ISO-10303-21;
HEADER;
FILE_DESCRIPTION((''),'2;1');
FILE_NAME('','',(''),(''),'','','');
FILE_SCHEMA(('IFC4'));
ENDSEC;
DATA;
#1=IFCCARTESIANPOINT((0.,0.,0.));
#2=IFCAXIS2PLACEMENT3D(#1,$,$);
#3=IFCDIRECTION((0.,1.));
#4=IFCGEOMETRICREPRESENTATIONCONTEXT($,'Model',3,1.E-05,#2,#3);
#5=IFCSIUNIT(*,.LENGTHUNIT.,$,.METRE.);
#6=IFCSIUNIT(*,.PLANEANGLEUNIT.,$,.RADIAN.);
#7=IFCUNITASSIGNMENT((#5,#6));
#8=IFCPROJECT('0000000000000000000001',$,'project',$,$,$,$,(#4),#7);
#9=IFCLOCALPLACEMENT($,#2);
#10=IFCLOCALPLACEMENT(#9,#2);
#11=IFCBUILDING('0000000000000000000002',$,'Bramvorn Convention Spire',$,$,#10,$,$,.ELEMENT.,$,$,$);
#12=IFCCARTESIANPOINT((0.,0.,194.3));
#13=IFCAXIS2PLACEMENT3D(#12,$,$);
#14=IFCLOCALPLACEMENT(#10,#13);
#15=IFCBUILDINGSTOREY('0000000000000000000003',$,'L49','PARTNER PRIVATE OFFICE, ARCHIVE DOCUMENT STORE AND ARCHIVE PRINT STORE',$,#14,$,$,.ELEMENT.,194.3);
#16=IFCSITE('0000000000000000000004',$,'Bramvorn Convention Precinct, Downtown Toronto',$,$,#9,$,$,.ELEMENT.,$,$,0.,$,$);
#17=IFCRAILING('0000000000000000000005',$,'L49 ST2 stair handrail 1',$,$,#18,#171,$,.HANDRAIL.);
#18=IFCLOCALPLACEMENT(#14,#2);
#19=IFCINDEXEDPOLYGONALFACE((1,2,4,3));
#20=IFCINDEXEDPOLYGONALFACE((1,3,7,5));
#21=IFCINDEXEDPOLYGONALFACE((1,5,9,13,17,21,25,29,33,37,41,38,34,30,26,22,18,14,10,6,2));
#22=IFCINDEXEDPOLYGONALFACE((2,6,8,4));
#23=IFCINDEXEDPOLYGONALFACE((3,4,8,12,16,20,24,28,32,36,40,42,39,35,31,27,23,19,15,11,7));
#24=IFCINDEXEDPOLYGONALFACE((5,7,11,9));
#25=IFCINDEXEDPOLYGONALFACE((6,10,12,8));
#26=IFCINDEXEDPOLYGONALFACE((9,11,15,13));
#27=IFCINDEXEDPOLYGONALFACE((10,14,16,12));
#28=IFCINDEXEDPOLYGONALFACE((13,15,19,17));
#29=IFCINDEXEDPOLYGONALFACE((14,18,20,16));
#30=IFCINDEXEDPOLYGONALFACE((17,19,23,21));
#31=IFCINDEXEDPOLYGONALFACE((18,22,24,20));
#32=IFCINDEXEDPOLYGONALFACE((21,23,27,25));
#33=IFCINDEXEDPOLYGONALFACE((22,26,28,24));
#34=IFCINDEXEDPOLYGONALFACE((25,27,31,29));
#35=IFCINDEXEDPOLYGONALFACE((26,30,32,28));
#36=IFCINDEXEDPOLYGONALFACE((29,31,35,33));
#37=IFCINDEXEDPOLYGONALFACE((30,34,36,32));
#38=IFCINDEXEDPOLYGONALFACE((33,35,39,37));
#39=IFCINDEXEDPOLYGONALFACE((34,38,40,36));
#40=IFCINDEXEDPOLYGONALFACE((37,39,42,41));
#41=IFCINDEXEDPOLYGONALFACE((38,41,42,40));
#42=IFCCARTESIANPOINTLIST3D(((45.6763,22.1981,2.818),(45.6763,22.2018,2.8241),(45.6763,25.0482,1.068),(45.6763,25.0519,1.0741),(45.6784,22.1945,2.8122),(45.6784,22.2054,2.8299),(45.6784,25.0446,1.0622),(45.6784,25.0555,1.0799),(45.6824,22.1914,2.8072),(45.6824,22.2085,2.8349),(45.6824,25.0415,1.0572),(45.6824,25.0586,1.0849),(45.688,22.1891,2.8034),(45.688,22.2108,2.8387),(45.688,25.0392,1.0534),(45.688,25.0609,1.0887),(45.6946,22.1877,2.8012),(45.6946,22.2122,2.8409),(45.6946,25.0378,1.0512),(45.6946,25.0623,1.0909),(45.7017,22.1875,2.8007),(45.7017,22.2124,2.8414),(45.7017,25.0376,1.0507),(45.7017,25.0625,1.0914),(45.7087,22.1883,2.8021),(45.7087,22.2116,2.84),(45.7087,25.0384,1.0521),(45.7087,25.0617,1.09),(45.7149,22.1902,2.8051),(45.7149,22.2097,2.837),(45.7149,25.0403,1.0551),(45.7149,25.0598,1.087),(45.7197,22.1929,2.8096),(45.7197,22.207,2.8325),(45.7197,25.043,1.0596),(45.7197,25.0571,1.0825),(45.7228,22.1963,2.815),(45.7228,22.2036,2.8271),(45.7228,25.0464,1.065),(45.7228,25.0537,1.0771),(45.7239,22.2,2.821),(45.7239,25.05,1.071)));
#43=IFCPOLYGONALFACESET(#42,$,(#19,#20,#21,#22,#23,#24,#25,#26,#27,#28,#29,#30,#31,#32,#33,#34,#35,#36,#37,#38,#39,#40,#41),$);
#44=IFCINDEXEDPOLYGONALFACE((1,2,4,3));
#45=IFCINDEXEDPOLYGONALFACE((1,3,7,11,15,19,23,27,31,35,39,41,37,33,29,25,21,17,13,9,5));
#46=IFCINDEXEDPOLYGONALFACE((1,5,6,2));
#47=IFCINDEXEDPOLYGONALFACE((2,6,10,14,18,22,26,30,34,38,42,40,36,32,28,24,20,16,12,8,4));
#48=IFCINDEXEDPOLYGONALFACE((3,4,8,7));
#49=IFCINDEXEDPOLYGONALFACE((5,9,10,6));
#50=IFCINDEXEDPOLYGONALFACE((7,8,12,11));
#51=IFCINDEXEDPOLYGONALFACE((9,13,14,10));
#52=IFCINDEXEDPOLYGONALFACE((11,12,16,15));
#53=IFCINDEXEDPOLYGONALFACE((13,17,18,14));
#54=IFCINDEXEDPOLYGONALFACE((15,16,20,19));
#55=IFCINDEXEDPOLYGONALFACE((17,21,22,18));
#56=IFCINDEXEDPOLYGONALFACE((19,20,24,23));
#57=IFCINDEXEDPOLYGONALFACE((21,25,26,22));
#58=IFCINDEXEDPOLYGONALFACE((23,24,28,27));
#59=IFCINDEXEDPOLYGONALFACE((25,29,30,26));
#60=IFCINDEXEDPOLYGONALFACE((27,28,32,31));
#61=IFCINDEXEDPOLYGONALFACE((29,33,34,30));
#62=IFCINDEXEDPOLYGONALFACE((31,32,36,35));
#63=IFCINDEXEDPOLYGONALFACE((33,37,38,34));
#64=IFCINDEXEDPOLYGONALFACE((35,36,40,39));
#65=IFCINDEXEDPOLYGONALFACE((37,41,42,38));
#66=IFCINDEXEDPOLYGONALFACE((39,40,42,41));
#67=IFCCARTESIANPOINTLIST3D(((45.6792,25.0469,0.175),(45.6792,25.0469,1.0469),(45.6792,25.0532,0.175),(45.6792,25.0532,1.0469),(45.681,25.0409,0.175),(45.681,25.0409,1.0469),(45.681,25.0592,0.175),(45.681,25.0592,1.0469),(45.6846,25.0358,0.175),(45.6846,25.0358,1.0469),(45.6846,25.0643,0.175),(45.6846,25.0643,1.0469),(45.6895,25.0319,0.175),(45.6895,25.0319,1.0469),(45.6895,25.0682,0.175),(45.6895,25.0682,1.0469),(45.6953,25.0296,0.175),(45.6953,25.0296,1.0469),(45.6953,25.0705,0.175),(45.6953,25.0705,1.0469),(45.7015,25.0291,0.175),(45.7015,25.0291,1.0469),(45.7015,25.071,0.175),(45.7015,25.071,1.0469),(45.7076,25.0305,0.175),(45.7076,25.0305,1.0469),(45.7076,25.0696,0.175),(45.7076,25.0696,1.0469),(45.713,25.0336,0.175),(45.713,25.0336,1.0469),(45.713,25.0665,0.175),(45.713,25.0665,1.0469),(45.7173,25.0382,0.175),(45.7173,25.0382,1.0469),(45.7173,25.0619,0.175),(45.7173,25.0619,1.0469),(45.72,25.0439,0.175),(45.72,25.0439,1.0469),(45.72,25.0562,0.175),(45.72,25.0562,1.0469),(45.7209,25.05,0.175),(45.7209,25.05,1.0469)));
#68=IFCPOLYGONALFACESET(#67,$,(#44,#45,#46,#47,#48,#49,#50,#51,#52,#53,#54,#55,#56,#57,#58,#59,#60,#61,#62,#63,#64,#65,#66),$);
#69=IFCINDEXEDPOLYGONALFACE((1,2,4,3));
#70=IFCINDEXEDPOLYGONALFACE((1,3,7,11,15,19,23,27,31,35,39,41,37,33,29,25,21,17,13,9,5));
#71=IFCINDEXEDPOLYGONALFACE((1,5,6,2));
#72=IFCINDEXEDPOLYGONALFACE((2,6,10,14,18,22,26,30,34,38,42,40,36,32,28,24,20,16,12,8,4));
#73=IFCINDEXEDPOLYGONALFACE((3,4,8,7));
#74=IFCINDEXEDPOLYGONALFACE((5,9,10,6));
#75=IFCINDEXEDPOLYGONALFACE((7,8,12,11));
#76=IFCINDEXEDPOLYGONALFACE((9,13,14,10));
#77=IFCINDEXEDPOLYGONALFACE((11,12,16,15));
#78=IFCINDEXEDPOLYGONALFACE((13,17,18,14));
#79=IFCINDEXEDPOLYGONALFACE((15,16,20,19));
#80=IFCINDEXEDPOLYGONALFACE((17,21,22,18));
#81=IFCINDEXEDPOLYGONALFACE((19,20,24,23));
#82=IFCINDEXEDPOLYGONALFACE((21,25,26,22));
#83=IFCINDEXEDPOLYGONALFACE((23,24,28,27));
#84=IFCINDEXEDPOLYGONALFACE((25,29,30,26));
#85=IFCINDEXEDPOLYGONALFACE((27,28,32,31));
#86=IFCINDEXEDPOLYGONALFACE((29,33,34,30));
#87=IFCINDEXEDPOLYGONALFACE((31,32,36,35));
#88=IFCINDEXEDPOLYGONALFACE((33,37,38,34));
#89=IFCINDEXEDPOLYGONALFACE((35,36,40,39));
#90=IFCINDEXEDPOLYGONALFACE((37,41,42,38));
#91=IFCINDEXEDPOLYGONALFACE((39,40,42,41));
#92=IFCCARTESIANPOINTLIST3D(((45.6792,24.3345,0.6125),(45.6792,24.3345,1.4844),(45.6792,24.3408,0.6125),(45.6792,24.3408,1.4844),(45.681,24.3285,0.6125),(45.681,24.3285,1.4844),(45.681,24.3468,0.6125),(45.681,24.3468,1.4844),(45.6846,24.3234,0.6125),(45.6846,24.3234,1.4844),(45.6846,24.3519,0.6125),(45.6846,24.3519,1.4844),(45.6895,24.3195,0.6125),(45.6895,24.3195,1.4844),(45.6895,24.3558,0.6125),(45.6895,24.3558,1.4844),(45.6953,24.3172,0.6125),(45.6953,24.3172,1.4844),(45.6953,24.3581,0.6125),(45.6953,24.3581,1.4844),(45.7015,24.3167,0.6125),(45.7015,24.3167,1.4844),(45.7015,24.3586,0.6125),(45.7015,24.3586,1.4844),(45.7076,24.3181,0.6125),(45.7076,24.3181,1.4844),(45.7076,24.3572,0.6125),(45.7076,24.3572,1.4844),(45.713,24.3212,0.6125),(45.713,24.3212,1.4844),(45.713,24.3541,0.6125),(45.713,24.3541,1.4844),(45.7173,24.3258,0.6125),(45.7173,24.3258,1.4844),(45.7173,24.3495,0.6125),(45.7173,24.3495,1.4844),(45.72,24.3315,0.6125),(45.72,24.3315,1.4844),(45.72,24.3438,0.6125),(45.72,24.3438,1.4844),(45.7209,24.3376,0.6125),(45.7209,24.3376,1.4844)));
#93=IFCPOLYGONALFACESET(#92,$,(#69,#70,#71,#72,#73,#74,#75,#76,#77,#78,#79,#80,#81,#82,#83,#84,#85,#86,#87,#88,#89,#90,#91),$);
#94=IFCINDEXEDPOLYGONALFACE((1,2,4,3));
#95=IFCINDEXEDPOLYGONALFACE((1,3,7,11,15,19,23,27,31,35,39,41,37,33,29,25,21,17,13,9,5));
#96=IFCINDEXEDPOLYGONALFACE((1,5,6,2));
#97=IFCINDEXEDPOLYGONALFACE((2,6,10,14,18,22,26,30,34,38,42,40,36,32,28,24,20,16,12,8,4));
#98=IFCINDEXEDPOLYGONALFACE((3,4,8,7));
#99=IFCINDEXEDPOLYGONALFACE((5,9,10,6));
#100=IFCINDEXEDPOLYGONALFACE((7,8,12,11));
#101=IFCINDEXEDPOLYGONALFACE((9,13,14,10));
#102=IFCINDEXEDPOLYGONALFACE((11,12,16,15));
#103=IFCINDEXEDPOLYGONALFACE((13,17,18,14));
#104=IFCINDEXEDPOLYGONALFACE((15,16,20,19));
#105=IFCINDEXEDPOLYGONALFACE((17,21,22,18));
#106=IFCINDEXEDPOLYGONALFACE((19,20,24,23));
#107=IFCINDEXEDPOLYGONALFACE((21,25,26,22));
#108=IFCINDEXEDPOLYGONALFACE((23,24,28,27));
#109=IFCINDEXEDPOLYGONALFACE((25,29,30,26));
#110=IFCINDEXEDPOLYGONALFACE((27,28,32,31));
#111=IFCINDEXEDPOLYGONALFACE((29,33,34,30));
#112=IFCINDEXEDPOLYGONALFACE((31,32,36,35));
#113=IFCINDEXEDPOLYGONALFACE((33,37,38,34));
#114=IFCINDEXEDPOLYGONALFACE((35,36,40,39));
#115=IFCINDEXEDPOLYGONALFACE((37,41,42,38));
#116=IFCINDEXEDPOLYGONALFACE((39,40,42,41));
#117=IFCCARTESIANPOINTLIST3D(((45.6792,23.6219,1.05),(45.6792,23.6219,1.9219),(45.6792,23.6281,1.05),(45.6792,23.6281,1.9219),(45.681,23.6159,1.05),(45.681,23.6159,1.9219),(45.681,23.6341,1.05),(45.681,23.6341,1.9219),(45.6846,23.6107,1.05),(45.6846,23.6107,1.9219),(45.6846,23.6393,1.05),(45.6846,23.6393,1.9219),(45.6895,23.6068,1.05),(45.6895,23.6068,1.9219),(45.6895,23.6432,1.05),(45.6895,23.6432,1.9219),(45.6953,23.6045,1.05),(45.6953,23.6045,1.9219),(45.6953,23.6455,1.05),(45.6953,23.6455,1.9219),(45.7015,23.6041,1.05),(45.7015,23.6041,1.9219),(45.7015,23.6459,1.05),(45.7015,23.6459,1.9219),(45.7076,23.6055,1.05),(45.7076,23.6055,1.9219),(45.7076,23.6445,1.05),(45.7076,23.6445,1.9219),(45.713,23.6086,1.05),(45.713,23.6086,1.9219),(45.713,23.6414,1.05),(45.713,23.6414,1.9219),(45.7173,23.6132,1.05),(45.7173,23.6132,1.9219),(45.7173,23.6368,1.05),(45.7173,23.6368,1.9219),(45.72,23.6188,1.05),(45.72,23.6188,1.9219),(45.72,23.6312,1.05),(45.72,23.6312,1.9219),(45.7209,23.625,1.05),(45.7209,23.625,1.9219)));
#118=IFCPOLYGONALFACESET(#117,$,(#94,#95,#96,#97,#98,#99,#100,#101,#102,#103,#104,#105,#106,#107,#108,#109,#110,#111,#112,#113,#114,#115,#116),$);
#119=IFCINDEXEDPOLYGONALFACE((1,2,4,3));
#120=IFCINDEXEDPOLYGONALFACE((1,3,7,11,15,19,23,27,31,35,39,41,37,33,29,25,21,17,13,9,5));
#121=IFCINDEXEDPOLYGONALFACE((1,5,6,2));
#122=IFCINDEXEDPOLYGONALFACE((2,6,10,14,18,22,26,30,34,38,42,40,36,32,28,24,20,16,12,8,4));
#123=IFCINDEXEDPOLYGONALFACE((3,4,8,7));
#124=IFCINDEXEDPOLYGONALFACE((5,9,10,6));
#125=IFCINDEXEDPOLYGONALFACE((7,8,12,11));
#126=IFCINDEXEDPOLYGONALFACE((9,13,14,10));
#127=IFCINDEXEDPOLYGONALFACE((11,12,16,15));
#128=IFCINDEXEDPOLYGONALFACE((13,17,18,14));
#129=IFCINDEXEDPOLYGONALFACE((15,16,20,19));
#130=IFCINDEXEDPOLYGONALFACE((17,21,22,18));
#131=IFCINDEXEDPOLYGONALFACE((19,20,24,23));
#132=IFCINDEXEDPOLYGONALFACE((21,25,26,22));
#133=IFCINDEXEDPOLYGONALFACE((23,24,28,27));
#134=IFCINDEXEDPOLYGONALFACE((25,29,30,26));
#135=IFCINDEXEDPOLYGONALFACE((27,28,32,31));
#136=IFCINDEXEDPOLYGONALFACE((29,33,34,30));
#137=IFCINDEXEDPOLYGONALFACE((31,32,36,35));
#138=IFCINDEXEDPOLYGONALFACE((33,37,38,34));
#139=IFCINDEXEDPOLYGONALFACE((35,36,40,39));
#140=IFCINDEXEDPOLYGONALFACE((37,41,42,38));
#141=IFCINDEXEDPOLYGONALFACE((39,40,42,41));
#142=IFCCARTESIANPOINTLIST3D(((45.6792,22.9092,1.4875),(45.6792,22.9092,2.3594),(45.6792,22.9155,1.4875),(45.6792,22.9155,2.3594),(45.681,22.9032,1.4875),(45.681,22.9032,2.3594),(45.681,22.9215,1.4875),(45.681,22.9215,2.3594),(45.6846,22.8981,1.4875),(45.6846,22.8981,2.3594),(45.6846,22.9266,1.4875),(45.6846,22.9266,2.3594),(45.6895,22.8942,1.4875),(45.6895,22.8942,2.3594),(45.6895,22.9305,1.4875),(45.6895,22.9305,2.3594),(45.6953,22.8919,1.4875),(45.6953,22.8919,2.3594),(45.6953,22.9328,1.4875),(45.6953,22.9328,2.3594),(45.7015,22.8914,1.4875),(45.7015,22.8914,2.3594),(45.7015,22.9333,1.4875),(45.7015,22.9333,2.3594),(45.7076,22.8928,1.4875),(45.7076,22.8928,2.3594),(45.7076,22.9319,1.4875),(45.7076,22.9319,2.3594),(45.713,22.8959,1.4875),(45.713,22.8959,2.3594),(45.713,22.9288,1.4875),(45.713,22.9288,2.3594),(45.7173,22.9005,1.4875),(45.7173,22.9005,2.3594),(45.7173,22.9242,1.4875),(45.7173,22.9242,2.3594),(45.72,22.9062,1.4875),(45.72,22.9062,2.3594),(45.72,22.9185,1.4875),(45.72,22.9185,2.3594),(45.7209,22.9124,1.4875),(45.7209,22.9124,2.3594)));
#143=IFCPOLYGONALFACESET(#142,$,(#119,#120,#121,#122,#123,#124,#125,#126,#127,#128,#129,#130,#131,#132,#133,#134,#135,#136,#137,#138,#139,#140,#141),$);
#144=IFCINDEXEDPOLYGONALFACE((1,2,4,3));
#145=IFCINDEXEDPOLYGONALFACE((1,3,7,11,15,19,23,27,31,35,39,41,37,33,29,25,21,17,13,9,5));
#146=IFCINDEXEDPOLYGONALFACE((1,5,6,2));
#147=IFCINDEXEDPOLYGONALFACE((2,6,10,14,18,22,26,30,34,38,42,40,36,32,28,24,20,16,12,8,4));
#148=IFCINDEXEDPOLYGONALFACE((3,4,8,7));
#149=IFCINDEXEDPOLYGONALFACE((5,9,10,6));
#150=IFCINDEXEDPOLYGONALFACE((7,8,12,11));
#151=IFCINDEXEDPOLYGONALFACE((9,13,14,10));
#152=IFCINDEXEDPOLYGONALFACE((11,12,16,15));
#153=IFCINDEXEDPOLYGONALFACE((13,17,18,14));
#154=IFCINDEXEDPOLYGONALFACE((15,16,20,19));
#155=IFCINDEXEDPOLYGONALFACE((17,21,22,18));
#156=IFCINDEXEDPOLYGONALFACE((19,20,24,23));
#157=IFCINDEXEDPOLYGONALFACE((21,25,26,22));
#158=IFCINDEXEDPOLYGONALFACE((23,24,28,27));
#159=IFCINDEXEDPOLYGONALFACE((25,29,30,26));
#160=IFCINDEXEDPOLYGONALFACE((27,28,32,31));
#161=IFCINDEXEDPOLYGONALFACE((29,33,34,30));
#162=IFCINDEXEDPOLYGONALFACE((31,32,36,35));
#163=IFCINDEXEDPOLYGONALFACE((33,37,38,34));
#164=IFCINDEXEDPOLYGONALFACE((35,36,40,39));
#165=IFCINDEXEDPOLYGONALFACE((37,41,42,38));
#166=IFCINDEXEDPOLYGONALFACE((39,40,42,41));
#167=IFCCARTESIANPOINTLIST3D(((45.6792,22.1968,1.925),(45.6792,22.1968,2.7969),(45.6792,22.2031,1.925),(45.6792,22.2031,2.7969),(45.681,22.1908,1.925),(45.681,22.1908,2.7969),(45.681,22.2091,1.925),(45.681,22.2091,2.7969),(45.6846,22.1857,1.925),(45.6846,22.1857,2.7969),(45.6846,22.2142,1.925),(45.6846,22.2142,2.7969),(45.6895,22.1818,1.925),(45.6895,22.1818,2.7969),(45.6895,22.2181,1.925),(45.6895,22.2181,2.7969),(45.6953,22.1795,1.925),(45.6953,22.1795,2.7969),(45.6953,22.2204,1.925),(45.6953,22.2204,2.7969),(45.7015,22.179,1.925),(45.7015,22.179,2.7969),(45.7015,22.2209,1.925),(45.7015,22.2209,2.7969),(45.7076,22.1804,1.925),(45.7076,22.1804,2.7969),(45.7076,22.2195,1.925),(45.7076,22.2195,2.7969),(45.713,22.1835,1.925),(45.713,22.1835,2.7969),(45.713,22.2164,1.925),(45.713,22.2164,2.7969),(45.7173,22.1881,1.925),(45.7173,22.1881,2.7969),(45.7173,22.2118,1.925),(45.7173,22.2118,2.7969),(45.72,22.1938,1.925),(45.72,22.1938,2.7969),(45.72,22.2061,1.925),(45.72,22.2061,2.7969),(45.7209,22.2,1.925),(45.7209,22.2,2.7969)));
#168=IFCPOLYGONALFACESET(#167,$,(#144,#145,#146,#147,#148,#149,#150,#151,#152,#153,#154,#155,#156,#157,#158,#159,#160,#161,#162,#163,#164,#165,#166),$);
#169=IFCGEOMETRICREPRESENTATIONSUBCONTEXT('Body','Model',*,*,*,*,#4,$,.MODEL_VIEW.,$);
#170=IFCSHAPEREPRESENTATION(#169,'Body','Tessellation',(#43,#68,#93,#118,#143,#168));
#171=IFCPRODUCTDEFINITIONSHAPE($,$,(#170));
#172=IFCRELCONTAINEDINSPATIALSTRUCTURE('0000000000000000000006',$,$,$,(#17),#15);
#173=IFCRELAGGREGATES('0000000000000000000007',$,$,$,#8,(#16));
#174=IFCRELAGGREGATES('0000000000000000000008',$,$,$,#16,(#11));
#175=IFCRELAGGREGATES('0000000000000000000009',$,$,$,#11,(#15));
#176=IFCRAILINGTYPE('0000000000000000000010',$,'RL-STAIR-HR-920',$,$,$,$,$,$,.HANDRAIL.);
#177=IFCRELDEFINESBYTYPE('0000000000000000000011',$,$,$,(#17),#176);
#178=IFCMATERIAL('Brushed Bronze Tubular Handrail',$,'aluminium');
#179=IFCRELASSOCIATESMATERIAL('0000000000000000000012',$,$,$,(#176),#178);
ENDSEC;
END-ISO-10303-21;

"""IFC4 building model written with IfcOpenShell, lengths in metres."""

from ifc_helpers import new_model, si_unit, direction, frame, origin, origin_2d, place, context, subcontext, project, spatial, circle, extrude, material, type_object, element, save


model = new_model("IFC4")

# Units and contexts
model_context = context("Model", 3, precision=1e-05, world=origin(), true_north=direction((0.0, 1.0)))
body_context = subcontext(model_context, "Body", "Model", "MODEL_VIEW")
ifc_project = project(units=[si_unit("LENGTHUNIT", "METRE"), si_unit("PLANEANGLEUNIT", "RADIAN")], contexts=[model_context])

# Site, building, storey
site_placement = place(None, origin())
site = spatial("IfcSite", under=ifc_project, at=site_placement, Name="Bramvorn Convention Precinct, Downtown Toronto", CompositionType="ELEMENT", RefElevation=0.0)
building_placement = place(site_placement, origin())
building = spatial("IfcBuilding", under=site, at=building_placement, Name="Bramvorn Convention Spire", CompositionType="ELEMENT")
storey_placement = place(building_placement, frame((0.0, 0.0, 194.3)))
storey = spatial("IfcBuildingStorey", under=building, at=storey_placement, Name="L49", Description="PARTNER PRIVATE OFFICE, ARCHIVE DOCUMENT STORE AND ARCHIVE PRINT STORE", CompositionType="ELEMENT", Elevation=194.3)

# Railing
ifc_material_1 = material(Name="Brushed Bronze Tubular Handrail", Category="aluminium")
railing_type_1 = type_object("IfcRailingType", Name="RL-STAIR-HR-920", PredefinedType="HANDRAIL", material=ifc_material_1)
railing_1_placement = place(storey_placement, frame((45.7, 25.05, 0.175)))
element("IfcRailing", 1, at=railing_1_placement, inside=storey, type_object=railing_type_1, Name="L49 ST2 stair handrail 1", PredefinedType="HANDRAIL", context=body_context, shape_type="SweptSolid", body=[
    extrude(circle(Radius=0.0239, at=origin_2d()), frame((0.0, 0.0, 0.896), z_axis=(0.0, -0.852179, 0.52325), x_axis=(1.0, 0.0, 0.0)), (0.0, 0.0, 1.0), 3.3445),
    extrude(circle(Radius=0.021, at=origin_2d()), origin(), (0.0, 0.0, 1.0), 0.8718),
    extrude(circle(Radius=0.021, at=origin_2d()), frame((0.0, -0.7124, 0.4375)), (0.0, 0.0, 1.0), 0.8718),
    extrude(circle(Radius=0.021, at=origin_2d()), frame((0.0, -1.425, 0.875)), (0.0, 0.0, 1.0), 0.8718),
    extrude(circle(Radius=0.021, at=origin_2d()), frame((0.0, -2.1377, 1.3125)), (0.0, 0.0, 1.0), 0.8718),
    extrude(circle(Radius=0.021, at=origin_2d()), frame((0.0, -2.8501, 1.75)), (0.0, 0.0, 1.0), 0.8718),
])

save(model, "model.ifc")
